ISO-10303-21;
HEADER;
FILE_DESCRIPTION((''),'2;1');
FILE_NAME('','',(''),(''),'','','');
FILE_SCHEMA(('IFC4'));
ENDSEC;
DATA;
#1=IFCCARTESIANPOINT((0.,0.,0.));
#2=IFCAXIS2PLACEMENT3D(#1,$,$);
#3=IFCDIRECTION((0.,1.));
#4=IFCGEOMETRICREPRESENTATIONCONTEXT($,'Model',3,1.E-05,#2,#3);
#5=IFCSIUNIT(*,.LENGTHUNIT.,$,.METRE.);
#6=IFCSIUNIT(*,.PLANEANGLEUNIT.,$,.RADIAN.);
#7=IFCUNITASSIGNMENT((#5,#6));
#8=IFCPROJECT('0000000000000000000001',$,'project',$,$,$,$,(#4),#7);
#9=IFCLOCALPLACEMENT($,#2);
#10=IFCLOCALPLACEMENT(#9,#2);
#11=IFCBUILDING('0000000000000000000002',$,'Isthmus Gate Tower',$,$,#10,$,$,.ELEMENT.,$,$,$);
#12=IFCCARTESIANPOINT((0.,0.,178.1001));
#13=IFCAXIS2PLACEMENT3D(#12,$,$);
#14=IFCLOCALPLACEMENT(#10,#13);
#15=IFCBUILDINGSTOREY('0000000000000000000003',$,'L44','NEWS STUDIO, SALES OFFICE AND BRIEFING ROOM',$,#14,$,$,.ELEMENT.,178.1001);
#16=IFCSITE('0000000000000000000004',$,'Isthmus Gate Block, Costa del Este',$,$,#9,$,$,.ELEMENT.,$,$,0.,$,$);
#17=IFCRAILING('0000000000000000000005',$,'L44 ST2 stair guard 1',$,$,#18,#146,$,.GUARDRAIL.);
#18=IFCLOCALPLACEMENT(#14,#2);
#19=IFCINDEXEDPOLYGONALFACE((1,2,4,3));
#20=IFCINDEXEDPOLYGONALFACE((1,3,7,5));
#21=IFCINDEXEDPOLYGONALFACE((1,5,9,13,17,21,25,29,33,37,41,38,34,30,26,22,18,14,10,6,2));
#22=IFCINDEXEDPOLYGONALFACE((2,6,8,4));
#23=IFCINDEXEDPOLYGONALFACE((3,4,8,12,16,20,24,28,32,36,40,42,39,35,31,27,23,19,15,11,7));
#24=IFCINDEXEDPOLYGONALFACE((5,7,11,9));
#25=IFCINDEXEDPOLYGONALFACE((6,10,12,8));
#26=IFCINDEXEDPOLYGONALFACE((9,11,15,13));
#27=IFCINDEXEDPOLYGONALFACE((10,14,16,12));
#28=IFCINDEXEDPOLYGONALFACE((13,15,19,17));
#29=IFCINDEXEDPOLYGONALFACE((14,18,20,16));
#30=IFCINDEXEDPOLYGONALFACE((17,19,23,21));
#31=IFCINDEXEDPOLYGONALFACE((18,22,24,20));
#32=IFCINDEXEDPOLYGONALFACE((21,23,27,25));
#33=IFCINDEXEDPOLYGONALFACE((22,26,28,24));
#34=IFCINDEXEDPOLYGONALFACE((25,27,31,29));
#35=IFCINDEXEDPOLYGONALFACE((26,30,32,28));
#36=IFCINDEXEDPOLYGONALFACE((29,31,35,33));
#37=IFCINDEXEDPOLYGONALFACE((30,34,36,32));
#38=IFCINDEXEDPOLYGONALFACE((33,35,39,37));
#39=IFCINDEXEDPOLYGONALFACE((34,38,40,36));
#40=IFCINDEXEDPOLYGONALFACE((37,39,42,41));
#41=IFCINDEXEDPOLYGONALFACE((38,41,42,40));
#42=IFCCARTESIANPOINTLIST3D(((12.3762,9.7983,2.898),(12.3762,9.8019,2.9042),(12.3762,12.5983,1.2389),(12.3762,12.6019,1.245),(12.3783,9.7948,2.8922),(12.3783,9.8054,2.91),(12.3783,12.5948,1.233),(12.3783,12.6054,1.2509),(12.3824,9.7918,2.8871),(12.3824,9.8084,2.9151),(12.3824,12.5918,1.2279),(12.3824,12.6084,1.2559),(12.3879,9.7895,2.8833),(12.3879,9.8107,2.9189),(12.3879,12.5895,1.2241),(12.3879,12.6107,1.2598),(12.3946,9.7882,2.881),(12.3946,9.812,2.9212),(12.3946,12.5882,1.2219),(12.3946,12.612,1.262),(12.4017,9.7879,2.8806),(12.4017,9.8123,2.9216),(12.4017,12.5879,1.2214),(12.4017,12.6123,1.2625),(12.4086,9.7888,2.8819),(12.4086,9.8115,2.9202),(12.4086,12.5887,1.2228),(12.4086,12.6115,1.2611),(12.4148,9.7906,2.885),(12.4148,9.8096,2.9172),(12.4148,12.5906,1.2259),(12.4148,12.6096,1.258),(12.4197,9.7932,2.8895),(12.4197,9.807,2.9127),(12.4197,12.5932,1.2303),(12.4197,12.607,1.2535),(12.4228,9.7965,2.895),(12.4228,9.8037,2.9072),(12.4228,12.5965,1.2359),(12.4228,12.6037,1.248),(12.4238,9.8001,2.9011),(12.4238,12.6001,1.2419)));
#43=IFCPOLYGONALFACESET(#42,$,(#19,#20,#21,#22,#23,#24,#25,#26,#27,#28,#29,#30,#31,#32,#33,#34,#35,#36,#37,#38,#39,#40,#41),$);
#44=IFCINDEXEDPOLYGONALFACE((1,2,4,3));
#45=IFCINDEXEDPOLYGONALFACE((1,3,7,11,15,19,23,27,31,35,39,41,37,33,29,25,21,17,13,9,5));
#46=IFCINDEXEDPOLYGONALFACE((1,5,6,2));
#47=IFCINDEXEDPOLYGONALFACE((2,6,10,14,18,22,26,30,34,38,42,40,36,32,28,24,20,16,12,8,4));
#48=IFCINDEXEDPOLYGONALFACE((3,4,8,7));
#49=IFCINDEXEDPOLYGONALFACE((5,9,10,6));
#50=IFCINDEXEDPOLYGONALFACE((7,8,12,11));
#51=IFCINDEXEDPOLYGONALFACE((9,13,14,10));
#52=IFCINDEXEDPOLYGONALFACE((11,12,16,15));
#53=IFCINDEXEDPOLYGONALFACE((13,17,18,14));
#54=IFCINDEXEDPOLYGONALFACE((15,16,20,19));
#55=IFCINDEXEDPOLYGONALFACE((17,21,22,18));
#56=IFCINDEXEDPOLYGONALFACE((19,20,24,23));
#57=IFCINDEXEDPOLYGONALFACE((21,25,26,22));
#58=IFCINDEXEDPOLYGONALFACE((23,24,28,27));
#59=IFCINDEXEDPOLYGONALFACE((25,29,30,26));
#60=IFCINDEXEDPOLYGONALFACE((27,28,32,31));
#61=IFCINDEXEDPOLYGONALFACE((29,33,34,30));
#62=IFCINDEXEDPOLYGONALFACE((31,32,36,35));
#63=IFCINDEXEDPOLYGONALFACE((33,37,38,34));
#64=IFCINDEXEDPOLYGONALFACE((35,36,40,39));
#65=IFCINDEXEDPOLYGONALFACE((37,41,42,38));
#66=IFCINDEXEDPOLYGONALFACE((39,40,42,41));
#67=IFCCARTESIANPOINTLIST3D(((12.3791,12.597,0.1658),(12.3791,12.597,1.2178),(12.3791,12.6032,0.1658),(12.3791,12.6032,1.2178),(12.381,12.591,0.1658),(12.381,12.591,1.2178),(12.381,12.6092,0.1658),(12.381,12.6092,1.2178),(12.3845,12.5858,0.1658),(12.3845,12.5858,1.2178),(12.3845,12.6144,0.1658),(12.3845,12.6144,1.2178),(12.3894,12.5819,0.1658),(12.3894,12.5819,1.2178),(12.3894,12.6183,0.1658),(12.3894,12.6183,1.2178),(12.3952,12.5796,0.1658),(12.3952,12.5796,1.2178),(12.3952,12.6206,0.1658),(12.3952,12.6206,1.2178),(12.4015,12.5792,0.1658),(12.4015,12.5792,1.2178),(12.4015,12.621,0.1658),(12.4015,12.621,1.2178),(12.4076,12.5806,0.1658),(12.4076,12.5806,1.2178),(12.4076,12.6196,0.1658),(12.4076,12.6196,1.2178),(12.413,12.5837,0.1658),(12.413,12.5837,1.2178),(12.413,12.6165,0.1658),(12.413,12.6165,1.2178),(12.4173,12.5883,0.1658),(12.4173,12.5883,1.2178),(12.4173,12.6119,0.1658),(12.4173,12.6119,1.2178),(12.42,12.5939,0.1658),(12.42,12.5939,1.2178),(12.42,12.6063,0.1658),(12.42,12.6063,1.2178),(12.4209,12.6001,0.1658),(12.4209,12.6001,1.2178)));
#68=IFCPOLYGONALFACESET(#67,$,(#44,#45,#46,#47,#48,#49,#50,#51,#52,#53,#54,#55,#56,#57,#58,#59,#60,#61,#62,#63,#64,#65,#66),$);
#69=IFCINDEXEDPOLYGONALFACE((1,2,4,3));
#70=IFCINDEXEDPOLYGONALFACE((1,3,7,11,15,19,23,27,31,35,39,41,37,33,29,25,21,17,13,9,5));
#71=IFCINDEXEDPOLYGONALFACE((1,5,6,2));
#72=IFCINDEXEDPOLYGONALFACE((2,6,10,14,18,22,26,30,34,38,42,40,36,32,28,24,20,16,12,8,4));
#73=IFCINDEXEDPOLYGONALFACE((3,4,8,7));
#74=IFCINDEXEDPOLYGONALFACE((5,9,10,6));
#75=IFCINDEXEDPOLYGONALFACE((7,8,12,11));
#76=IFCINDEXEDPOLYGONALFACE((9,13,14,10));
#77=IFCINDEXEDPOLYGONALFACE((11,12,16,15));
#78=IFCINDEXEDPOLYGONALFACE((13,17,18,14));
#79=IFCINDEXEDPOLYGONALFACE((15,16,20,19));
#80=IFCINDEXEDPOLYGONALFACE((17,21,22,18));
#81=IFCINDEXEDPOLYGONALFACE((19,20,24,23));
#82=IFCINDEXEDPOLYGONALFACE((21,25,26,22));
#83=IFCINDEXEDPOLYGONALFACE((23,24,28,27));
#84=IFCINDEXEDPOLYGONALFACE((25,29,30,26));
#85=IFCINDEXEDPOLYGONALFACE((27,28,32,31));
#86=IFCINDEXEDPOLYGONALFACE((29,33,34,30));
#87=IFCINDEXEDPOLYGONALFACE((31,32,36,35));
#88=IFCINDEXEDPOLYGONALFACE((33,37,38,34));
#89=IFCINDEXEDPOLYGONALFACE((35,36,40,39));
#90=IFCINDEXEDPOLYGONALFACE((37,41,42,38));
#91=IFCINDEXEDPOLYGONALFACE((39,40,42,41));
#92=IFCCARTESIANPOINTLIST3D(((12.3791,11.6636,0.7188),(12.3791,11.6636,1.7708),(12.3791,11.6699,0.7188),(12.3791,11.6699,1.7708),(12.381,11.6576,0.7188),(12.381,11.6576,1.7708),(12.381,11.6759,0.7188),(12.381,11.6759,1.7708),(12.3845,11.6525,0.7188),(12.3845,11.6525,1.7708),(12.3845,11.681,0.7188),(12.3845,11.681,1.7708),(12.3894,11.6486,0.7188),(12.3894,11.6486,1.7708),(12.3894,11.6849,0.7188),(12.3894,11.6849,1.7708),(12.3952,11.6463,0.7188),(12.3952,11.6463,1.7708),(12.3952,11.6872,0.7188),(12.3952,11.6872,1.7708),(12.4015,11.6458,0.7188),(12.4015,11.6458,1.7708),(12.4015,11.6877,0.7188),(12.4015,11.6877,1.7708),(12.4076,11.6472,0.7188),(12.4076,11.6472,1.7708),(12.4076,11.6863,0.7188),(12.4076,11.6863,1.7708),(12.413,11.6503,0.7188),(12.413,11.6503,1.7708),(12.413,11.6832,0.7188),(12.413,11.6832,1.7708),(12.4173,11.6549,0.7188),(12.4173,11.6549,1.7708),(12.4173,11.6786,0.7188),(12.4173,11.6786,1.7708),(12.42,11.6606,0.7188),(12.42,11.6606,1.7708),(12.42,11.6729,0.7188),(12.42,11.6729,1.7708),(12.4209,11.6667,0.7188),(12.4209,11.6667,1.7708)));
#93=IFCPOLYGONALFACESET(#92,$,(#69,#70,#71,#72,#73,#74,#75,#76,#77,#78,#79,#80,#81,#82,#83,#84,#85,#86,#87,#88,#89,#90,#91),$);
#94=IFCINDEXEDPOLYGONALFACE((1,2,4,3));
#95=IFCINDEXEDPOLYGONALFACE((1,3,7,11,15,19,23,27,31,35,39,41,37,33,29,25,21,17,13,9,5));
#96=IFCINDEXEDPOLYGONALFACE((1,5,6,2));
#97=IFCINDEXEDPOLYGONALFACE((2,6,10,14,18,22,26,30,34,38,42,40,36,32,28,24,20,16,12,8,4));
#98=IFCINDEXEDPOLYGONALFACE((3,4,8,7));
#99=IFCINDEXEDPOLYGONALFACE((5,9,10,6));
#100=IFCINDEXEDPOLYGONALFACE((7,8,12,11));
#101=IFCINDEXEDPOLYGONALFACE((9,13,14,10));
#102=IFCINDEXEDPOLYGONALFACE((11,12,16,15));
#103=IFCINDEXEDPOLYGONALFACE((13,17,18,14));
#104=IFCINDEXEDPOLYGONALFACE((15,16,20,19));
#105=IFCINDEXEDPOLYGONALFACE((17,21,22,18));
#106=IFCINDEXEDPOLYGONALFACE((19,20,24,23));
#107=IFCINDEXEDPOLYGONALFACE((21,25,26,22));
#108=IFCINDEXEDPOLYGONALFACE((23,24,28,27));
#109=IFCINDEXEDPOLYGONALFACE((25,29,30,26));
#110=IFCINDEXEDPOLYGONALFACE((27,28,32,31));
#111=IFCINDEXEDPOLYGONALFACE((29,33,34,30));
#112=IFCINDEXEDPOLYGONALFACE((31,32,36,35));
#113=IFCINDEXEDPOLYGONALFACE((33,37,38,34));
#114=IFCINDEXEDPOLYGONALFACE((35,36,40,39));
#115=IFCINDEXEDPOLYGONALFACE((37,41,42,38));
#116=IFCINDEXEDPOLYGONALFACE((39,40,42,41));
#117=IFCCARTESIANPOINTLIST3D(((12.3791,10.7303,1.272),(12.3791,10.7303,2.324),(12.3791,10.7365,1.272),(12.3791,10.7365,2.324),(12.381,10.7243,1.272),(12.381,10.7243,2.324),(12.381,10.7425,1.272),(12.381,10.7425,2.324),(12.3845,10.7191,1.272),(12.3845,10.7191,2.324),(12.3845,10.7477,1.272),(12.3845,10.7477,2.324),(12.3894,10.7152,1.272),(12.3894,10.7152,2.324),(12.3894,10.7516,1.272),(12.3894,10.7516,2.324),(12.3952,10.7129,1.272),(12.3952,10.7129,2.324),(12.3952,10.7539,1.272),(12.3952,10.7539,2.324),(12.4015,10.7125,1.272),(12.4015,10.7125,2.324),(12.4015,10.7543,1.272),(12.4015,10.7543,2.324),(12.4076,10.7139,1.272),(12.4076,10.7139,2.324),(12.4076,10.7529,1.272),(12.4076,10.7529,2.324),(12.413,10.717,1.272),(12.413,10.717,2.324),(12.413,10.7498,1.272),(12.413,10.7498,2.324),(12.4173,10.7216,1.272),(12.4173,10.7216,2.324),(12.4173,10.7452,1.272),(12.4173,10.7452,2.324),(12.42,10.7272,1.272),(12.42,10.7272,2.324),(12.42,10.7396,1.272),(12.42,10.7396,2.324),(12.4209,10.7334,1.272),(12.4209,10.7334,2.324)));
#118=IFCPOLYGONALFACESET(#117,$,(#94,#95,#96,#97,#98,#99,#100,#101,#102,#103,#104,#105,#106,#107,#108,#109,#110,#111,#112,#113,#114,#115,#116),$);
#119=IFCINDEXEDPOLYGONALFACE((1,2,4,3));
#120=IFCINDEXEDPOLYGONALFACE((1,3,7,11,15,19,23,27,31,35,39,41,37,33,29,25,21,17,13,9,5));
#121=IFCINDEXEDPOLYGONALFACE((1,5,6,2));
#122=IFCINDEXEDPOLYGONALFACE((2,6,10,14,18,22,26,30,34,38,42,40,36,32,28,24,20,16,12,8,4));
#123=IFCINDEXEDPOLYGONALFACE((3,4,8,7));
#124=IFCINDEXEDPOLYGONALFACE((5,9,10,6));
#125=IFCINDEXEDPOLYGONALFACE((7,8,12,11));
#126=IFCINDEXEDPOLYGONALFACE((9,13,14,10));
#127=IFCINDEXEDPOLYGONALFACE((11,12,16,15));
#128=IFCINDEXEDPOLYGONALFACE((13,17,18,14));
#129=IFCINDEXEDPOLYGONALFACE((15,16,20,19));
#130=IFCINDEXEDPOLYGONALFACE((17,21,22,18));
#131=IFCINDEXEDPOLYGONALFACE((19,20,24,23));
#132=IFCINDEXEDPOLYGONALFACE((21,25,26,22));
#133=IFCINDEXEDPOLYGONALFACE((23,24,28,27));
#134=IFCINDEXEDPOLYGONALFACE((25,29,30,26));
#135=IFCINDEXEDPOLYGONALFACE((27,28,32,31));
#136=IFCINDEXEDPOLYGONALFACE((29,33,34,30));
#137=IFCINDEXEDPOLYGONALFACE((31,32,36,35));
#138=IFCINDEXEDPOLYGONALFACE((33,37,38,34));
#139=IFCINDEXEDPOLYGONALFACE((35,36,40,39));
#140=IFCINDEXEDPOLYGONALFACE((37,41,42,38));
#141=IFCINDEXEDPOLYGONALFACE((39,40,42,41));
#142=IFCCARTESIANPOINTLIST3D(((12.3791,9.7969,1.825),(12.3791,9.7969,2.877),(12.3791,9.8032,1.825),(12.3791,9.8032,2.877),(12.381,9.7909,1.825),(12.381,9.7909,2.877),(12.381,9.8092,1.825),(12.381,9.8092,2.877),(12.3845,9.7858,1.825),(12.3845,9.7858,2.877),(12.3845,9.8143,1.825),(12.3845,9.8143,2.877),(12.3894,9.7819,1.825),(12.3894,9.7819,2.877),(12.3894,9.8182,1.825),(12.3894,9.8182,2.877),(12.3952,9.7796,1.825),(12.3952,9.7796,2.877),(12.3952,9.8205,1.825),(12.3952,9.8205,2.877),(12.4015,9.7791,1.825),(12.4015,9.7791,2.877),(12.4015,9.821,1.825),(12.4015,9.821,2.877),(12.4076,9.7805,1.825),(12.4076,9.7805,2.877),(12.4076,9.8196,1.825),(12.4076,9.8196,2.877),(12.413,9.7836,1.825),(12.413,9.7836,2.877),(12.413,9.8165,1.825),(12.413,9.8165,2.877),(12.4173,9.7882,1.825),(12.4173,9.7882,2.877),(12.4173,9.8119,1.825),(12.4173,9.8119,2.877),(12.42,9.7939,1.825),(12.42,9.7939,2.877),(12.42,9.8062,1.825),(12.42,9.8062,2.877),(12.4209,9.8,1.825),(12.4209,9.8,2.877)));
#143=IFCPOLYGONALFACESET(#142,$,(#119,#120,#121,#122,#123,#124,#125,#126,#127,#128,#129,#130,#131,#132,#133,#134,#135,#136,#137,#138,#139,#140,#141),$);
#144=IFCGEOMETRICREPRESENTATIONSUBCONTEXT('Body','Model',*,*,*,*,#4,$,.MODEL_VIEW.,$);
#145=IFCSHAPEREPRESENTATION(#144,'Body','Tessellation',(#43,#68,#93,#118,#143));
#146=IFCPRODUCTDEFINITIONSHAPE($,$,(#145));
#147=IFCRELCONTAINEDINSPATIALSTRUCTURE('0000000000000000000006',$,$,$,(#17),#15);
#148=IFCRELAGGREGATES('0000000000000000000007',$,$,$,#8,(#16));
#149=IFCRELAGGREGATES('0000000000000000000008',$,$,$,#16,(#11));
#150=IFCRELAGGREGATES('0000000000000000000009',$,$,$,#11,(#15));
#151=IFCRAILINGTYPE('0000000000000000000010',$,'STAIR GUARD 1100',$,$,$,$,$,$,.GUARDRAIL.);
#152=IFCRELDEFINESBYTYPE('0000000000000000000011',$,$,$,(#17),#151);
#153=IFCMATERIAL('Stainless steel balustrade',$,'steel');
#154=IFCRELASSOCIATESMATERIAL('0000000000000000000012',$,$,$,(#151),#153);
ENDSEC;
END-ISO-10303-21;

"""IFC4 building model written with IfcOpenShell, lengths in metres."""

from ifc_helpers import new_model, si_unit, direction, frame, origin, origin_2d, place, context, subcontext, project, spatial, circle, extrude, material, type_object, element, save


model = new_model("IFC4")

# Units and contexts
model_context = context("Model", 3, precision=1e-05, world=origin(), true_north=direction((0.0, 1.0)))
body_context = subcontext(model_context, "Body", "Model", "MODEL_VIEW")
ifc_project = project(units=[si_unit("LENGTHUNIT", "METRE"), si_unit("PLANEANGLEUNIT", "RADIAN")], contexts=[model_context])

# Site, building, storey
site_placement = place(None, origin())
site = spatial("IfcSite", under=ifc_project, at=site_placement, Name="Isthmus Gate Block, Costa del Este", CompositionType="ELEMENT", RefElevation=0.0)
building_placement = place(site_placement, origin())
building = spatial("IfcBuilding", under=site, at=building_placement, Name="Isthmus Gate Tower", CompositionType="ELEMENT")
storey_placement = place(building_placement, frame((0.0, 0.0, 178.1001)))
storey = spatial("IfcBuildingStorey", under=building, at=storey_placement, Name="L44", Description="NEWS STUDIO, SALES OFFICE AND BRIEFING ROOM", CompositionType="ELEMENT", Elevation=178.1001)

# Railing
ifc_material_1 = material(Name="Stainless steel balustrade", Category="steel")
railing_type = type_object("IfcRailingType", Name="STAIR GUARD 1100", PredefinedType="GUARDRAIL", material=ifc_material_1)
railing_1_placement = place(storey_placement, frame((12.3999, 12.6001, 0.1658)))
element("IfcRailing", 1, at=railing_1_placement, inside=storey, type_object=railing_type, Name="L44 ST2 stair guard 1", PredefinedType="GUARDRAIL", context=body_context, shape_type="SweptSolid", body=[
    extrude(circle(Radius=0.0239, at=origin_2d()), frame((0.0, 0.0, 1.0762), z_axis=(0.0, -0.860306, 0.509778), x_axis=(1.0, 0.0, 0.0)), (0.0, 0.0, 1.0), 3.2546),
    extrude(circle(Radius=0.021, at=origin_2d()), origin(), (0.0, 0.0, 1.0), 1.052),
    extrude(circle(Radius=0.021, at=origin_2d()), frame((0.0, -0.9333, 0.553)), (0.0, 0.0, 1.0), 1.052),
    extrude(circle(Radius=0.021, at=origin_2d()), frame((0.0, -1.8667, 1.1062)), (0.0, 0.0, 1.0), 1.052),
    extrude(circle(Radius=0.021, at=origin_2d()), frame((0.0, -2.8, 1.6592)), (0.0, 0.0, 1.0), 1.052),
])

save(model, "model.ifc")
